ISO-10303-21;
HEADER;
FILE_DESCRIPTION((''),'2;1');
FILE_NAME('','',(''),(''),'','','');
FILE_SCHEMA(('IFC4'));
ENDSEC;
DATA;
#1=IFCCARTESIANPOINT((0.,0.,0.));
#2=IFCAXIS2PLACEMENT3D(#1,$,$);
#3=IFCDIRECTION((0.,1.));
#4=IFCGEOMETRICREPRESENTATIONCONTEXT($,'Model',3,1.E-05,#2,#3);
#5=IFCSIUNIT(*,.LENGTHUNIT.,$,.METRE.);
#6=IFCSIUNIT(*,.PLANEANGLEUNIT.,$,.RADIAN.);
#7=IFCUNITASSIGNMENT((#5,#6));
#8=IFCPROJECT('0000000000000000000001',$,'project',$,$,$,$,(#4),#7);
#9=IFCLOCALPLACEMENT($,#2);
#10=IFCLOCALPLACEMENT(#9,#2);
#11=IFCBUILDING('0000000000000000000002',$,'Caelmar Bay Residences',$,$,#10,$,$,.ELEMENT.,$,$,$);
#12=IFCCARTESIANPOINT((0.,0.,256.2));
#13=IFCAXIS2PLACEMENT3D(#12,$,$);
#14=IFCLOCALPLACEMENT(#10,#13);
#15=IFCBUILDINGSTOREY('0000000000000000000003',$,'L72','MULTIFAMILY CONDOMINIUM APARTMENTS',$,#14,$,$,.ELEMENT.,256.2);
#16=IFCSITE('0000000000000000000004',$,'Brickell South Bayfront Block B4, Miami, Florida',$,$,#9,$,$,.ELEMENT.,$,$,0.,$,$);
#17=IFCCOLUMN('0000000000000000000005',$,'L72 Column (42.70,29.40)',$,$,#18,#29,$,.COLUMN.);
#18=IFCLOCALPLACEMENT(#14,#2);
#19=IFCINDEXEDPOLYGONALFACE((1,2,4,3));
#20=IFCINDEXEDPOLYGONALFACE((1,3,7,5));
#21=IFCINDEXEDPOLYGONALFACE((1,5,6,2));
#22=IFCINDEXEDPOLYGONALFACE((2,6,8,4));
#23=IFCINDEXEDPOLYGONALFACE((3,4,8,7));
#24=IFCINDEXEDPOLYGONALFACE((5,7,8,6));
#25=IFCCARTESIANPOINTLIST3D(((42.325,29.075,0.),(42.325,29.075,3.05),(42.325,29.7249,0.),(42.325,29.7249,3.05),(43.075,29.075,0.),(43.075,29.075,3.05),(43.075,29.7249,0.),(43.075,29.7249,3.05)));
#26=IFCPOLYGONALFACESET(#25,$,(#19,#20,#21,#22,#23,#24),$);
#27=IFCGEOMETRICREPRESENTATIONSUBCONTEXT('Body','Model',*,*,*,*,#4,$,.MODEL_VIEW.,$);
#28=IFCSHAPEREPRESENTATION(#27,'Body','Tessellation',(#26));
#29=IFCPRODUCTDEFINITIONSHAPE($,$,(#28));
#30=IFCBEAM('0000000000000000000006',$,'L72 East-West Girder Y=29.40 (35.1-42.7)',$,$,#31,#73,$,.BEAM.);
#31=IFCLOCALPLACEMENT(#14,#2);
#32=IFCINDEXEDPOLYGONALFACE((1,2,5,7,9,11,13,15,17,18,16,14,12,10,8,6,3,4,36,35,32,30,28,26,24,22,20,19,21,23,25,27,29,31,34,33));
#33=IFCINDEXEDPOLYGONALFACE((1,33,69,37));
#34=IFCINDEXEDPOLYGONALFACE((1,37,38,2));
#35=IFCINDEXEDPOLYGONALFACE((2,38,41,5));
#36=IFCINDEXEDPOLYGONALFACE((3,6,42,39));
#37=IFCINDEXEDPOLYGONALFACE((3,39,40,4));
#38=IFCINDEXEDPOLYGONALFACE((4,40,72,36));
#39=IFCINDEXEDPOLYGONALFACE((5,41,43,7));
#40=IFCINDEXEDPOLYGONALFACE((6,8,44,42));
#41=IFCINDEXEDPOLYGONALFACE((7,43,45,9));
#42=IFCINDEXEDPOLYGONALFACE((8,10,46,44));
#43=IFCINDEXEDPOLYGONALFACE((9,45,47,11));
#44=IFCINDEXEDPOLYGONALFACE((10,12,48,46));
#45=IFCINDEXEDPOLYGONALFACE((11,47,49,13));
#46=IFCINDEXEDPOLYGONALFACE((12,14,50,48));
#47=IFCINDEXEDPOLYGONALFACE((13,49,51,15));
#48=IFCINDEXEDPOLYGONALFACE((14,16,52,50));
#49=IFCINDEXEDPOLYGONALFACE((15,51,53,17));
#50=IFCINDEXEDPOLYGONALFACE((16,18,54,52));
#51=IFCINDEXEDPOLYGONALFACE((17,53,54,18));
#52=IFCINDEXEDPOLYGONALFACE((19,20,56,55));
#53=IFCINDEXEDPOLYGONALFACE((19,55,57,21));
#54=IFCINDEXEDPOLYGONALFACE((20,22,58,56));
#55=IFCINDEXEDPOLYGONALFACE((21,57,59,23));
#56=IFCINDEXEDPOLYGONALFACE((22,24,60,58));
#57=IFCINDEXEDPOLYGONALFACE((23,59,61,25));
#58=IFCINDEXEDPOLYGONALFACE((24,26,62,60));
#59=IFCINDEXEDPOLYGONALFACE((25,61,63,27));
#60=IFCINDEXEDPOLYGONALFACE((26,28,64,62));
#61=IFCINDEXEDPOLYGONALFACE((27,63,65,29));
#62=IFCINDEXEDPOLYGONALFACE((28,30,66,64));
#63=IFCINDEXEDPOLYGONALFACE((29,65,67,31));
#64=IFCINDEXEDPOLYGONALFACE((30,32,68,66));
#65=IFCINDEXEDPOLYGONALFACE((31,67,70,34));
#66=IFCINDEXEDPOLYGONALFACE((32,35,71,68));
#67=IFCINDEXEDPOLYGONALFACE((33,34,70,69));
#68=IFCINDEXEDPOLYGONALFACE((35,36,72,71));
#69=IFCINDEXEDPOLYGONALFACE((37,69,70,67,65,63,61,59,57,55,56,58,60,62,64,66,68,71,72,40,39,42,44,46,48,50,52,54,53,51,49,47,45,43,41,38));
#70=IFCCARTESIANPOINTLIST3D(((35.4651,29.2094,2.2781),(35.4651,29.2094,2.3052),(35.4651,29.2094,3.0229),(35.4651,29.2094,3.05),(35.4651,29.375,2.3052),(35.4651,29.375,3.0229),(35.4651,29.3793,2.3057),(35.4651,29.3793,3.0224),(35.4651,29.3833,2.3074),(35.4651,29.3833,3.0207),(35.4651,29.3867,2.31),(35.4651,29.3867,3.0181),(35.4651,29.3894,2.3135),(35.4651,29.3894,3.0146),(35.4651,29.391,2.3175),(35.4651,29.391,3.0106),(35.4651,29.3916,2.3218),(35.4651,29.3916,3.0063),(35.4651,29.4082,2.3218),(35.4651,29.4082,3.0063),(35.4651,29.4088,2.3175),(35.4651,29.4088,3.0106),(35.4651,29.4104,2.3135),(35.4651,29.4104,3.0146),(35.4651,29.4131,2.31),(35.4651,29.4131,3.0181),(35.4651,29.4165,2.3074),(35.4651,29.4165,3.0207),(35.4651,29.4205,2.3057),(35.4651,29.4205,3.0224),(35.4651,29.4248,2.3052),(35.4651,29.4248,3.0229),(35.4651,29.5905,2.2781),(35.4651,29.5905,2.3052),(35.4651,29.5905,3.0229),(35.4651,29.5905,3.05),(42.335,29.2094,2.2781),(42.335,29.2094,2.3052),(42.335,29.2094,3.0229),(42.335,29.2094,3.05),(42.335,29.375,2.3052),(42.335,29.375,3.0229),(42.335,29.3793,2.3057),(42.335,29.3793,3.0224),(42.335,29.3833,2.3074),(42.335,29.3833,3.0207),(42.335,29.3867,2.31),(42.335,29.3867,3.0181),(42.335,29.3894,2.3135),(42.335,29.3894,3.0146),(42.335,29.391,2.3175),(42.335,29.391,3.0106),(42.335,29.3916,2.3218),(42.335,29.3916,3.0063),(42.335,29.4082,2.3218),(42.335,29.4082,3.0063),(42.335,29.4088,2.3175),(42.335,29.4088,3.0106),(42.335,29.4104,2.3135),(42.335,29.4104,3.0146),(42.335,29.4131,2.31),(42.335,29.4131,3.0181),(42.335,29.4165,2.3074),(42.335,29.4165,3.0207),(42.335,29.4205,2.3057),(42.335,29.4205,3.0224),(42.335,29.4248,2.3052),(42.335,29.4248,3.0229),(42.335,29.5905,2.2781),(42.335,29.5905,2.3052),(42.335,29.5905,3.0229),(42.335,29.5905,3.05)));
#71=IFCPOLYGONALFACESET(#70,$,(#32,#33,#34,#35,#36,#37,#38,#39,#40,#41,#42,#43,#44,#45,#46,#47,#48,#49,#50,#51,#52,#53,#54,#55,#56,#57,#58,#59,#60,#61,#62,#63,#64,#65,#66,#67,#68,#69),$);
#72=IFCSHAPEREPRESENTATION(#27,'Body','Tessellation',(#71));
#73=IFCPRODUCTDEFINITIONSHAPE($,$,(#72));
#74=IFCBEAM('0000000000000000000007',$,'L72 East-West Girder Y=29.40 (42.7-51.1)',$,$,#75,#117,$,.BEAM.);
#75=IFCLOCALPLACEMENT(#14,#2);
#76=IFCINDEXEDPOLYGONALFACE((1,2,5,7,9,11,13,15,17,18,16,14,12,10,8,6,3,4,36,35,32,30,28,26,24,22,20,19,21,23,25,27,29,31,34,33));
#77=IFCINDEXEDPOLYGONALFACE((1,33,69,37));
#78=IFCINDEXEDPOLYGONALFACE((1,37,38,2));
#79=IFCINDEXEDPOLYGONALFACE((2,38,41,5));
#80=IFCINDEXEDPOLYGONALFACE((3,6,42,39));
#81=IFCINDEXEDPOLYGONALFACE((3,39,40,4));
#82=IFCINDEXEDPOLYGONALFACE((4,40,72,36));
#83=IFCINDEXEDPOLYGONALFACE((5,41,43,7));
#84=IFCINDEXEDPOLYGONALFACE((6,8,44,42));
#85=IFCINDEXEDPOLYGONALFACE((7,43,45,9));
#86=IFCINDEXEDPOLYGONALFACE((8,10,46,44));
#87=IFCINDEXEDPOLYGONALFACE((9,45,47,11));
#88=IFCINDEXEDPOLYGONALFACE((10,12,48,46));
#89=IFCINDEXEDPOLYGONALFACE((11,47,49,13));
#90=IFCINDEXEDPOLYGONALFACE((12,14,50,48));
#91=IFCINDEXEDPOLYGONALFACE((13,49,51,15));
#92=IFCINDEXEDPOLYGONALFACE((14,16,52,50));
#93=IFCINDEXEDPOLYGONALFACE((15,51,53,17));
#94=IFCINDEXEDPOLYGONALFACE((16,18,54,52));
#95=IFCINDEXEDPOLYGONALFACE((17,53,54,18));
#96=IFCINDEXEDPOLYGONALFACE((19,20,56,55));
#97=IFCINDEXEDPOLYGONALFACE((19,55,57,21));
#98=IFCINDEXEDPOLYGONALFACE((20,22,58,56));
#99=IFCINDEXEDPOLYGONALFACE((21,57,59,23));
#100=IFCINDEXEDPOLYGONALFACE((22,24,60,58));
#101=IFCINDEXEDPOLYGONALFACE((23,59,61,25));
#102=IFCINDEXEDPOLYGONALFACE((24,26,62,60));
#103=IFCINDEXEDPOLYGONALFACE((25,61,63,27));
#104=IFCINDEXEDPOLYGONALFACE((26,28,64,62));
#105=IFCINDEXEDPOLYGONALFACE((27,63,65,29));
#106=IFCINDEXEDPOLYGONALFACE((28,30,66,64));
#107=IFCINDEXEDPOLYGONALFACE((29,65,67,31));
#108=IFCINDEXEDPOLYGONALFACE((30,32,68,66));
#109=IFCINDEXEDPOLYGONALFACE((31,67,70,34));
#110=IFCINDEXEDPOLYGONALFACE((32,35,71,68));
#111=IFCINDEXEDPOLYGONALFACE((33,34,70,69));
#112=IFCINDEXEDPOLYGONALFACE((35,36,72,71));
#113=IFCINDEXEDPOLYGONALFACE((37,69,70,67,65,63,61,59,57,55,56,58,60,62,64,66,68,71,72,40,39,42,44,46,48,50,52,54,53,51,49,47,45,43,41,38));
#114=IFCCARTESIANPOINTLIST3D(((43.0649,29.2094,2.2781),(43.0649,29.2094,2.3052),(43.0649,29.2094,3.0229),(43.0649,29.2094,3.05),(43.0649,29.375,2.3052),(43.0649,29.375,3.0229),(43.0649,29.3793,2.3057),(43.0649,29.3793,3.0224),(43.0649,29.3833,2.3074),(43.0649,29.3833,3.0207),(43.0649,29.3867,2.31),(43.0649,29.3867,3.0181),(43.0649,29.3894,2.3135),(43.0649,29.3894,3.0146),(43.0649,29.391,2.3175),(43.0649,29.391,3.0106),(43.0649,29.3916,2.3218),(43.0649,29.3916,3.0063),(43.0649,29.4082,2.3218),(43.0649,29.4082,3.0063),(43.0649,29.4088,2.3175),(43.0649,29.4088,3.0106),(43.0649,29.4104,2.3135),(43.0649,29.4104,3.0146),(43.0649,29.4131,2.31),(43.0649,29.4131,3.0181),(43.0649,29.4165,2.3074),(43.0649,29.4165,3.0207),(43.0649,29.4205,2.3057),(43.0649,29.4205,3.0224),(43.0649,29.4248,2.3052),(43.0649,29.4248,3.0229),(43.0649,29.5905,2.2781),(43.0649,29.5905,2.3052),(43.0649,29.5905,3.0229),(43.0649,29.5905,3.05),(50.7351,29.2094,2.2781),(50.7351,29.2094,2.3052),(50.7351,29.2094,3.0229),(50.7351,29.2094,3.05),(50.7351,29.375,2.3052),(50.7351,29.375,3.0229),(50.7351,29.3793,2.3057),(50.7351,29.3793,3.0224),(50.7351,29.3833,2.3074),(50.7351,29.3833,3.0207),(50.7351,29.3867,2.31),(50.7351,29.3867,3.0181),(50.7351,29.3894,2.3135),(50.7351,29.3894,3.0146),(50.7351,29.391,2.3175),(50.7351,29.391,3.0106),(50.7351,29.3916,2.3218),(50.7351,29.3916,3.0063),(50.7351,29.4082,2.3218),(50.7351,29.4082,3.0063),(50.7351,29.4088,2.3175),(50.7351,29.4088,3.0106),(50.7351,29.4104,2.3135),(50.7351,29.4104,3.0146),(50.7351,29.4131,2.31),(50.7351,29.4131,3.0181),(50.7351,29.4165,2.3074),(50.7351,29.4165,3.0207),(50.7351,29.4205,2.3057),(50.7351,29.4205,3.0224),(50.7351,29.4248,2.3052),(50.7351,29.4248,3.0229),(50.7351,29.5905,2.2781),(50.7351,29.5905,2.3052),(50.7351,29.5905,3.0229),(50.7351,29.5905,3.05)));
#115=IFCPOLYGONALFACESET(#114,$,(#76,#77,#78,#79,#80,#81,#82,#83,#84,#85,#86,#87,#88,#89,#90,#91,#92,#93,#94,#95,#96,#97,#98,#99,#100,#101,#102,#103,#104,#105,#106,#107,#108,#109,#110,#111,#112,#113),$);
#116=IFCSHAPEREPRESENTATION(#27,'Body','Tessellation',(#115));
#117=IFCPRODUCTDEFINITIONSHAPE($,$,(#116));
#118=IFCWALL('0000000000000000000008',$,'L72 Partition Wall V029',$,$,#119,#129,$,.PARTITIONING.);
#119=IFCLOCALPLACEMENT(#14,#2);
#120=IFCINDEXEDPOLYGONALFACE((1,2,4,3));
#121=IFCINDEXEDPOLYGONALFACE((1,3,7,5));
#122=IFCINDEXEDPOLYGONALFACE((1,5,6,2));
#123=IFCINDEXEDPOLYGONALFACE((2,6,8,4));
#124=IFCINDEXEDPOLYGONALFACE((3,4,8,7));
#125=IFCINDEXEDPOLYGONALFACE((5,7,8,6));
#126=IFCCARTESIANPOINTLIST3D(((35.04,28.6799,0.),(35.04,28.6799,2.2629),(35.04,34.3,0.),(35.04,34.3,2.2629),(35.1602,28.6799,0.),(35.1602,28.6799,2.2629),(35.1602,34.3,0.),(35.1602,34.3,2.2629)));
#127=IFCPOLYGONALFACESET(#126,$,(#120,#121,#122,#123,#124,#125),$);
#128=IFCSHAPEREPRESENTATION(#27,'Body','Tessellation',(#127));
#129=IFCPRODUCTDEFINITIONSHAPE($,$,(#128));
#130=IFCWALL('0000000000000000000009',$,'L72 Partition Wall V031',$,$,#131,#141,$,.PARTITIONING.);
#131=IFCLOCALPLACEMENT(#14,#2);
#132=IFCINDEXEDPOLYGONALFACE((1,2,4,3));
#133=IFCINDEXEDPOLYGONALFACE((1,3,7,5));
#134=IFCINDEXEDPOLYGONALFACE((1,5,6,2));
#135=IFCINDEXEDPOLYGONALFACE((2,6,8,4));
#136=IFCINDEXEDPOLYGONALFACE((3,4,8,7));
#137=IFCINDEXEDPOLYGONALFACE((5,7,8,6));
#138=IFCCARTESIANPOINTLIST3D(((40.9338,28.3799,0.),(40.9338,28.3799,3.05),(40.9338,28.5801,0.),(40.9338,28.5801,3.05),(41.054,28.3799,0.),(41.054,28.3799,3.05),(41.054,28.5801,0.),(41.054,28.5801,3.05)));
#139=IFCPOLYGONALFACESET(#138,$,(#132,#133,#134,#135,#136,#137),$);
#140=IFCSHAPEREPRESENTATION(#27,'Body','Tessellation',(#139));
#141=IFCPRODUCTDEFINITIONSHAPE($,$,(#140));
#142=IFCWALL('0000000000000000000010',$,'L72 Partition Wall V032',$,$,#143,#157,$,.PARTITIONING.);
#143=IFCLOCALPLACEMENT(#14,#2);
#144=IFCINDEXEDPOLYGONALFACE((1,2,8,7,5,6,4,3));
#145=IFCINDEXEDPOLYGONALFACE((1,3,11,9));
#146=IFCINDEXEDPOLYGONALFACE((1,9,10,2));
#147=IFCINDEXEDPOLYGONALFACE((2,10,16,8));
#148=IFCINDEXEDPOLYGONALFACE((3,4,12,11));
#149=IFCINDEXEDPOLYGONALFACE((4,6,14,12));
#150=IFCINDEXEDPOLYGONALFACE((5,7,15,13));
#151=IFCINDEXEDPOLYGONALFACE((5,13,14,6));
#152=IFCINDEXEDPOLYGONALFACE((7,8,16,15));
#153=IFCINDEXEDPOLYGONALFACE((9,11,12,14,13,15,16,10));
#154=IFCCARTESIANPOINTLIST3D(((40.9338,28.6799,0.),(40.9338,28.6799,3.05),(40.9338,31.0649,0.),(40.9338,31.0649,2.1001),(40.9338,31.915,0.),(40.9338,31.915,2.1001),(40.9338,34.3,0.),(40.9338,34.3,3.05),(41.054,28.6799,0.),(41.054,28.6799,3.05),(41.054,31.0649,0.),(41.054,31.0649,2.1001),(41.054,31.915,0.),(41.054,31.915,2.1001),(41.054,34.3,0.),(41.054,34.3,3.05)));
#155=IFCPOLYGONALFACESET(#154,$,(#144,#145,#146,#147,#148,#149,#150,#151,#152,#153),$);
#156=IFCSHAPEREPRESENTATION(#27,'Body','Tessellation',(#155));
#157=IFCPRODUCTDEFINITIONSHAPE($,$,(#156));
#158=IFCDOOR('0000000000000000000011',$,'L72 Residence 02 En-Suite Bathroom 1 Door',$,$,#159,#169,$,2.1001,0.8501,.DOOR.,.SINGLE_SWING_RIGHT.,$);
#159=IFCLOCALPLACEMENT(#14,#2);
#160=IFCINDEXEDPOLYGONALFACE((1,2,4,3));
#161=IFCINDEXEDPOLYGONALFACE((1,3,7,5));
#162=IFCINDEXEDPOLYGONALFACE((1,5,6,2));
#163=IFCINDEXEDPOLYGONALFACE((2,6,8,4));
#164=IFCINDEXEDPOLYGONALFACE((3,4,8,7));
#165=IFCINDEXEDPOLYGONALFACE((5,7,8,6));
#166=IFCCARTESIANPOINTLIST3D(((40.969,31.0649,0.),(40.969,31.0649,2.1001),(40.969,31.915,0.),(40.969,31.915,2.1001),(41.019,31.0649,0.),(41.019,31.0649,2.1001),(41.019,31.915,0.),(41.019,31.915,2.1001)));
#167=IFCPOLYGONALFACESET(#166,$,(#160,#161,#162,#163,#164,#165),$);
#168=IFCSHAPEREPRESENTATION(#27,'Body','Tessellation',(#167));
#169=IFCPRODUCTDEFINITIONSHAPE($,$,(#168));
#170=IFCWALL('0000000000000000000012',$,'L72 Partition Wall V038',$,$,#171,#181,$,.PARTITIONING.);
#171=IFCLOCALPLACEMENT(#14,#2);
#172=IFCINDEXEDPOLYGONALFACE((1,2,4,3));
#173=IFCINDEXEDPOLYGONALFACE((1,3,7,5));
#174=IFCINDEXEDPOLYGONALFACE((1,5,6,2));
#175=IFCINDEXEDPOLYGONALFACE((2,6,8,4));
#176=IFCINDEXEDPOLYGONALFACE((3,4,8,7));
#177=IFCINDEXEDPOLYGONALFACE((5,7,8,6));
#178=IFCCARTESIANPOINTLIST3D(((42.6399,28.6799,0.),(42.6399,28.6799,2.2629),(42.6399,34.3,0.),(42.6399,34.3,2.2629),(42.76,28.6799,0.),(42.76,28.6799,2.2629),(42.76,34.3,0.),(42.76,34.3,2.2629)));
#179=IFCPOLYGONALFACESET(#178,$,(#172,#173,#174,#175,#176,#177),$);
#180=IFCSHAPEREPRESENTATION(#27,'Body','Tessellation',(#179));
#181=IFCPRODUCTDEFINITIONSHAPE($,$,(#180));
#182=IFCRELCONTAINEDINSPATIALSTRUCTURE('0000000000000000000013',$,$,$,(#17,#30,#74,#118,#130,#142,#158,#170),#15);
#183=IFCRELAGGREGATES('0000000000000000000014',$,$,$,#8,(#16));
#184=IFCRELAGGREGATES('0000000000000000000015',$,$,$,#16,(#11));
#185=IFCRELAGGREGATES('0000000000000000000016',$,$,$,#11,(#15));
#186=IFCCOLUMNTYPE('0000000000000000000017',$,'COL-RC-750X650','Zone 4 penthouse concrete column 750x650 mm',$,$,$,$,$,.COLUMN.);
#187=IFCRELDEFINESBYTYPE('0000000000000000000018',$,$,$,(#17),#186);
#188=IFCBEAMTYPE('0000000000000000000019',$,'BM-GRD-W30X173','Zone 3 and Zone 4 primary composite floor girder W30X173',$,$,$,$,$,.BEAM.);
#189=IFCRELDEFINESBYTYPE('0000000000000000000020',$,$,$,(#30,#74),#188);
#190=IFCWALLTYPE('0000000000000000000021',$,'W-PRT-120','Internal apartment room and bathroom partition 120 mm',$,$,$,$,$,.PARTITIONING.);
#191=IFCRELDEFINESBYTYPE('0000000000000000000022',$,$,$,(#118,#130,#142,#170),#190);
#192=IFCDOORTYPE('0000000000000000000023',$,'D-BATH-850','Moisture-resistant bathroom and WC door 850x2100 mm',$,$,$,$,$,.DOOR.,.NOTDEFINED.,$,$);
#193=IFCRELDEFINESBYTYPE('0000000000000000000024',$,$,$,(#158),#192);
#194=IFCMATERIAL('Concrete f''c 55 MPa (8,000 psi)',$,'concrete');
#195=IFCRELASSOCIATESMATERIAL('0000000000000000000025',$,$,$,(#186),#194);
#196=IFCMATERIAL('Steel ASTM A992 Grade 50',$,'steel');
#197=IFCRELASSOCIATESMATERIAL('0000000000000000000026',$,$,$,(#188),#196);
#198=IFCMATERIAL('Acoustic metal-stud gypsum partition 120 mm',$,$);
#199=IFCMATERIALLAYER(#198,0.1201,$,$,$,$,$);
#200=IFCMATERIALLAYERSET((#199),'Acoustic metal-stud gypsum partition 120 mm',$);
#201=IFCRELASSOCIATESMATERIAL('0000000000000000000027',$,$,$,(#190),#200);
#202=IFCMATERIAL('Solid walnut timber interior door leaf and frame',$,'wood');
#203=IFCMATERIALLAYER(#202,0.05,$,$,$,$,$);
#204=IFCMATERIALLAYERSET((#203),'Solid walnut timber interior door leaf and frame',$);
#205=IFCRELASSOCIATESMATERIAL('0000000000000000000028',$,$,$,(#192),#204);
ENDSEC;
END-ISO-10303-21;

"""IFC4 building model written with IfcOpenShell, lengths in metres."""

from ifc_helpers import new_model, si_unit, direction, frame, frame_2d, origin, origin_2d, place, context, subcontext, project, spatial, rectangle, i_section, extrude, material, layer, layer_set, material_profile, profile_set, type_object, element, fill, save


model = new_model("IFC4")

# Units and contexts
model_context = context("Model", 3, precision=1e-05, world=origin(), true_north=direction((0.0, 1.0)))
body_context = subcontext(model_context, "Body", "Model", "MODEL_VIEW")
ifc_project = project(units=[si_unit("LENGTHUNIT", "METRE"), si_unit("PLANEANGLEUNIT", "RADIAN")], contexts=[model_context])

# Site, building, storey
site_placement = place(None, origin())
site = spatial("IfcSite", under=ifc_project, at=site_placement, Name="Brickell South Bayfront Block B4, Miami, Florida", CompositionType="ELEMENT", RefElevation=0.0)
building_placement = place(site_placement, origin())
building = spatial("IfcBuilding", under=site, at=building_placement, Name="Caelmar Bay Residences", CompositionType="ELEMENT")
storey_placement = place(building_placement, frame((0.0, 0.0, 256.2)))
storey = spatial("IfcBuildingStorey", under=building, at=storey_placement, Name="L72", Description="MULTIFAMILY CONDOMINIUM APARTMENTS", CompositionType="ELEMENT", Elevation=256.2)

# Column
ifc_material_1 = material(Name="Concrete f'c 55 MPa (8,000 psi)", Category="concrete")
ifc_material_profile_1 = material_profile(ifc_material_1, rectangle(XDim=0.75, YDim=0.6499, at=origin_2d()), Name="RC-COL-750X650")
ifc_profile_set_1 = profile_set([ifc_material_profile_1], Name="Concrete f'c 55 MPa (8,000 psi)")
column_type = type_object("IfcColumnType", Name="COL-RC-750X650", Description="Zone 4 penthouse concrete column 750x650 mm", PredefinedType="COLUMN", material=ifc_profile_set_1)
column_placement = place(storey_placement, frame((42.7, 29.3999, 0.0), z_axis=(0.0, 0.0, 1.0), x_axis=(1.0, 0.0, 0.0)))
element("IfcColumn", 1, at=column_placement, inside=storey, type_object=column_type, Name="L72 Column (42.70,29.40)", PredefinedType="COLUMN", context=body_context, shape_type="SweptSolid", body=[
    extrude(rectangle(XDim=0.75, YDim=0.6499, at=origin_2d()), origin(), (0.0, 0.0, 1.0), 3.05),
])

# Beams
ifc_material_2 = material(Name="Steel ASTM A992 Grade 50", Category="steel")
ifc_material_profile_2 = material_profile(ifc_material_2, i_section(OverallWidth=0.3811, OverallDepth=0.772, WebThickness=0.0166, FlangeThickness=0.0271, FilletRadius=0.0166, at=origin_2d()), Name="W30X173")
ifc_profile_set_2 = profile_set([ifc_material_profile_2], Name="Steel ASTM A992 Grade 50")
beam_type = type_object("IfcBeamType", Name="BM-GRD-W30X173", Description="Zone 3 and Zone 4 primary composite floor girder W30X173", PredefinedType="BEAM", material=ifc_profile_set_2)
beam_1_placement = place(storey_placement, frame((35.4651, 29.3999, 2.6641), z_axis=(1.0, 0.0, 0.0), x_axis=(0.0, 1.0, 0.0)))
element("IfcBeam", 2, at=beam_1_placement, inside=storey, type_object=beam_type, Name="L72 East-West Girder Y=29.40 (35.1-42.7)", PredefinedType="BEAM", context=body_context, shape_type="SweptSolid", body=[
    extrude(i_section(OverallWidth=0.3811, OverallDepth=0.772, WebThickness=0.0166, FlangeThickness=0.0271, FilletRadius=0.0166, at=origin_2d()), origin(), (0.0, 0.0, 1.0), 6.8699),
])
beam_2_placement = place(storey_placement, frame((43.0649, 29.3999, 2.6641), z_axis=(1.0, 0.0, 0.0), x_axis=(0.0, 1.0, 0.0)))
element("IfcBeam", 3, at=beam_2_placement, inside=storey, type_object=beam_type, Name="L72 East-West Girder Y=29.40 (42.7-51.1)", PredefinedType="BEAM", context=body_context, shape_type="SweptSolid", body=[
    extrude(i_section(OverallWidth=0.3811, OverallDepth=0.772, WebThickness=0.0166, FlangeThickness=0.0271, FilletRadius=0.0166, at=origin_2d()), origin(), (0.0, 0.0, 1.0), 7.6702),
])

# Shared definitions
ifc_material_3 = material(Name="Acoustic metal-stud gypsum partition 120 mm")
ifc_layer_1 = layer(ifc_material_3, 0.1201)
ifc_layer_set_1 = layer_set([ifc_layer_1], Name="Acoustic metal-stud gypsum partition 120 mm")
wall_type = type_object("IfcWallType", Name="W-PRT-120", Description="Internal apartment room and bathroom partition 120 mm", PredefinedType="PARTITIONING", material=ifc_layer_set_1)
ifc_material_4 = material(Name="Solid walnut timber interior door leaf and frame", Category="wood")

# Walls
wall_1_placement = place(storey_placement, frame((35.1001, 28.6799, 0.0), z_axis=(0.0, 0.0, 1.0), x_axis=(0.0, 1.0, 0.0)))
element("IfcWall", 4, at=wall_1_placement, inside=storey, type_object=wall_type, Name="L72 Partition Wall V029", PredefinedType="PARTITIONING", context=body_context, shape_type="SweptSolid", body=[
    extrude(rectangle(XDim=5.6201, YDim=0.1201, at=frame_2d((2.8101, 0.0))), origin(), (0.0, 0.0, 1.0), 2.2629),
])
wall_2_placement = place(storey_placement, frame((40.9939, 28.3799, 0.0), z_axis=(0.0, 0.0, 1.0), x_axis=(0.0, 1.0, 0.0)))
element("IfcWall", 5, at=wall_2_placement, inside=storey, type_object=wall_type, Name="L72 Partition Wall V031", PredefinedType="PARTITIONING", context=body_context, shape_type="SweptSolid", body=[
    extrude(rectangle(XDim=0.2002, YDim=0.1201, at=frame_2d((0.1001, 0.0))), origin(), (0.0, 0.0, 1.0), 3.05),
])

# Wall, opening, door
wall_3_placement = place(storey_placement, frame((40.9939, 28.6799, 0.0), z_axis=(0.0, 0.0, 1.0), x_axis=(0.0, 1.0, 0.0)))
wall_3 = element("IfcWall", 6, at=wall_3_placement, inside=storey, type_object=wall_type, Name="L72 Partition Wall V032", PredefinedType="PARTITIONING", context=body_context, shape_type="SweptSolid", body=[
    extrude(rectangle(XDim=5.6201, YDim=0.1201, at=frame_2d((2.8101, 0.0))), origin(), (0.0, 0.0, 1.0), 3.05),
])
opening_1_placement = place(wall_3_placement, frame((2.385, 0.0, 0.0)))
opening_1 = element("IfcOpeningElement", 7, at=opening_1_placement, cuts=wall_3, PredefinedType="OPENING", context=body_context, shape_type="SweptSolid", body=[
    extrude(rectangle(XDim=0.8501, YDim=2.1001, at=frame_2d((0.425, 1.05))), frame((0.0, 0.0701, 0.0), z_axis=(0.0, -1.0, 0.0), x_axis=(1.0, 0.0, 0.0)), (0.0, 0.0, 1.0), 0.1401),
])
ifc_layer_2 = layer(ifc_material_4, 0.05)
ifc_layer_set_2 = layer_set([ifc_layer_2], Name="Solid walnut timber interior door leaf and frame")
door_type_1 = type_object("IfcDoorType", Name="D-BATH-850", Description="Moisture-resistant bathroom and WC door 850x2100 mm", OperationType="NOTDEFINED", PredefinedType="DOOR", material=ifc_layer_set_2)
door_1_placement = place(opening_1_placement, origin())
door_1 = element("IfcDoor", 8, at=door_1_placement, inside=storey, type_object=door_type_1, Name="L72 Residence 02 En-Suite Bathroom 1 Door", OperationType="SINGLE_SWING_RIGHT", OverallHeight=2.1001, OverallWidth=0.8501, PredefinedType="DOOR", context=body_context, shape_type="SweptSolid", body=[
    extrude(rectangle(XDim=0.8501, YDim=2.1001, at=frame_2d((0.425, 1.05))), frame((0.0, 0.0249, 0.0), z_axis=(0.0, -1.0, 0.0), x_axis=(1.0, 0.0, 0.0)), (0.0, 0.0, 1.0), 0.05),
])
fill(opening_1, door_1)

# Wall
wall_4_placement = place(storey_placement, frame((42.7, 28.6799, 0.0), z_axis=(0.0, 0.0, 1.0), x_axis=(0.0, 1.0, 0.0)))
element("IfcWall", 9, at=wall_4_placement, inside=storey, type_object=wall_type, Name="L72 Partition Wall V038", PredefinedType="PARTITIONING", context=body_context, shape_type="SweptSolid", body=[
    extrude(rectangle(XDim=5.6201, YDim=0.1201, at=frame_2d((2.8101, 0.0))), origin(), (0.0, 0.0, 1.0), 2.2629),
])

save(model, "model.ifc")
